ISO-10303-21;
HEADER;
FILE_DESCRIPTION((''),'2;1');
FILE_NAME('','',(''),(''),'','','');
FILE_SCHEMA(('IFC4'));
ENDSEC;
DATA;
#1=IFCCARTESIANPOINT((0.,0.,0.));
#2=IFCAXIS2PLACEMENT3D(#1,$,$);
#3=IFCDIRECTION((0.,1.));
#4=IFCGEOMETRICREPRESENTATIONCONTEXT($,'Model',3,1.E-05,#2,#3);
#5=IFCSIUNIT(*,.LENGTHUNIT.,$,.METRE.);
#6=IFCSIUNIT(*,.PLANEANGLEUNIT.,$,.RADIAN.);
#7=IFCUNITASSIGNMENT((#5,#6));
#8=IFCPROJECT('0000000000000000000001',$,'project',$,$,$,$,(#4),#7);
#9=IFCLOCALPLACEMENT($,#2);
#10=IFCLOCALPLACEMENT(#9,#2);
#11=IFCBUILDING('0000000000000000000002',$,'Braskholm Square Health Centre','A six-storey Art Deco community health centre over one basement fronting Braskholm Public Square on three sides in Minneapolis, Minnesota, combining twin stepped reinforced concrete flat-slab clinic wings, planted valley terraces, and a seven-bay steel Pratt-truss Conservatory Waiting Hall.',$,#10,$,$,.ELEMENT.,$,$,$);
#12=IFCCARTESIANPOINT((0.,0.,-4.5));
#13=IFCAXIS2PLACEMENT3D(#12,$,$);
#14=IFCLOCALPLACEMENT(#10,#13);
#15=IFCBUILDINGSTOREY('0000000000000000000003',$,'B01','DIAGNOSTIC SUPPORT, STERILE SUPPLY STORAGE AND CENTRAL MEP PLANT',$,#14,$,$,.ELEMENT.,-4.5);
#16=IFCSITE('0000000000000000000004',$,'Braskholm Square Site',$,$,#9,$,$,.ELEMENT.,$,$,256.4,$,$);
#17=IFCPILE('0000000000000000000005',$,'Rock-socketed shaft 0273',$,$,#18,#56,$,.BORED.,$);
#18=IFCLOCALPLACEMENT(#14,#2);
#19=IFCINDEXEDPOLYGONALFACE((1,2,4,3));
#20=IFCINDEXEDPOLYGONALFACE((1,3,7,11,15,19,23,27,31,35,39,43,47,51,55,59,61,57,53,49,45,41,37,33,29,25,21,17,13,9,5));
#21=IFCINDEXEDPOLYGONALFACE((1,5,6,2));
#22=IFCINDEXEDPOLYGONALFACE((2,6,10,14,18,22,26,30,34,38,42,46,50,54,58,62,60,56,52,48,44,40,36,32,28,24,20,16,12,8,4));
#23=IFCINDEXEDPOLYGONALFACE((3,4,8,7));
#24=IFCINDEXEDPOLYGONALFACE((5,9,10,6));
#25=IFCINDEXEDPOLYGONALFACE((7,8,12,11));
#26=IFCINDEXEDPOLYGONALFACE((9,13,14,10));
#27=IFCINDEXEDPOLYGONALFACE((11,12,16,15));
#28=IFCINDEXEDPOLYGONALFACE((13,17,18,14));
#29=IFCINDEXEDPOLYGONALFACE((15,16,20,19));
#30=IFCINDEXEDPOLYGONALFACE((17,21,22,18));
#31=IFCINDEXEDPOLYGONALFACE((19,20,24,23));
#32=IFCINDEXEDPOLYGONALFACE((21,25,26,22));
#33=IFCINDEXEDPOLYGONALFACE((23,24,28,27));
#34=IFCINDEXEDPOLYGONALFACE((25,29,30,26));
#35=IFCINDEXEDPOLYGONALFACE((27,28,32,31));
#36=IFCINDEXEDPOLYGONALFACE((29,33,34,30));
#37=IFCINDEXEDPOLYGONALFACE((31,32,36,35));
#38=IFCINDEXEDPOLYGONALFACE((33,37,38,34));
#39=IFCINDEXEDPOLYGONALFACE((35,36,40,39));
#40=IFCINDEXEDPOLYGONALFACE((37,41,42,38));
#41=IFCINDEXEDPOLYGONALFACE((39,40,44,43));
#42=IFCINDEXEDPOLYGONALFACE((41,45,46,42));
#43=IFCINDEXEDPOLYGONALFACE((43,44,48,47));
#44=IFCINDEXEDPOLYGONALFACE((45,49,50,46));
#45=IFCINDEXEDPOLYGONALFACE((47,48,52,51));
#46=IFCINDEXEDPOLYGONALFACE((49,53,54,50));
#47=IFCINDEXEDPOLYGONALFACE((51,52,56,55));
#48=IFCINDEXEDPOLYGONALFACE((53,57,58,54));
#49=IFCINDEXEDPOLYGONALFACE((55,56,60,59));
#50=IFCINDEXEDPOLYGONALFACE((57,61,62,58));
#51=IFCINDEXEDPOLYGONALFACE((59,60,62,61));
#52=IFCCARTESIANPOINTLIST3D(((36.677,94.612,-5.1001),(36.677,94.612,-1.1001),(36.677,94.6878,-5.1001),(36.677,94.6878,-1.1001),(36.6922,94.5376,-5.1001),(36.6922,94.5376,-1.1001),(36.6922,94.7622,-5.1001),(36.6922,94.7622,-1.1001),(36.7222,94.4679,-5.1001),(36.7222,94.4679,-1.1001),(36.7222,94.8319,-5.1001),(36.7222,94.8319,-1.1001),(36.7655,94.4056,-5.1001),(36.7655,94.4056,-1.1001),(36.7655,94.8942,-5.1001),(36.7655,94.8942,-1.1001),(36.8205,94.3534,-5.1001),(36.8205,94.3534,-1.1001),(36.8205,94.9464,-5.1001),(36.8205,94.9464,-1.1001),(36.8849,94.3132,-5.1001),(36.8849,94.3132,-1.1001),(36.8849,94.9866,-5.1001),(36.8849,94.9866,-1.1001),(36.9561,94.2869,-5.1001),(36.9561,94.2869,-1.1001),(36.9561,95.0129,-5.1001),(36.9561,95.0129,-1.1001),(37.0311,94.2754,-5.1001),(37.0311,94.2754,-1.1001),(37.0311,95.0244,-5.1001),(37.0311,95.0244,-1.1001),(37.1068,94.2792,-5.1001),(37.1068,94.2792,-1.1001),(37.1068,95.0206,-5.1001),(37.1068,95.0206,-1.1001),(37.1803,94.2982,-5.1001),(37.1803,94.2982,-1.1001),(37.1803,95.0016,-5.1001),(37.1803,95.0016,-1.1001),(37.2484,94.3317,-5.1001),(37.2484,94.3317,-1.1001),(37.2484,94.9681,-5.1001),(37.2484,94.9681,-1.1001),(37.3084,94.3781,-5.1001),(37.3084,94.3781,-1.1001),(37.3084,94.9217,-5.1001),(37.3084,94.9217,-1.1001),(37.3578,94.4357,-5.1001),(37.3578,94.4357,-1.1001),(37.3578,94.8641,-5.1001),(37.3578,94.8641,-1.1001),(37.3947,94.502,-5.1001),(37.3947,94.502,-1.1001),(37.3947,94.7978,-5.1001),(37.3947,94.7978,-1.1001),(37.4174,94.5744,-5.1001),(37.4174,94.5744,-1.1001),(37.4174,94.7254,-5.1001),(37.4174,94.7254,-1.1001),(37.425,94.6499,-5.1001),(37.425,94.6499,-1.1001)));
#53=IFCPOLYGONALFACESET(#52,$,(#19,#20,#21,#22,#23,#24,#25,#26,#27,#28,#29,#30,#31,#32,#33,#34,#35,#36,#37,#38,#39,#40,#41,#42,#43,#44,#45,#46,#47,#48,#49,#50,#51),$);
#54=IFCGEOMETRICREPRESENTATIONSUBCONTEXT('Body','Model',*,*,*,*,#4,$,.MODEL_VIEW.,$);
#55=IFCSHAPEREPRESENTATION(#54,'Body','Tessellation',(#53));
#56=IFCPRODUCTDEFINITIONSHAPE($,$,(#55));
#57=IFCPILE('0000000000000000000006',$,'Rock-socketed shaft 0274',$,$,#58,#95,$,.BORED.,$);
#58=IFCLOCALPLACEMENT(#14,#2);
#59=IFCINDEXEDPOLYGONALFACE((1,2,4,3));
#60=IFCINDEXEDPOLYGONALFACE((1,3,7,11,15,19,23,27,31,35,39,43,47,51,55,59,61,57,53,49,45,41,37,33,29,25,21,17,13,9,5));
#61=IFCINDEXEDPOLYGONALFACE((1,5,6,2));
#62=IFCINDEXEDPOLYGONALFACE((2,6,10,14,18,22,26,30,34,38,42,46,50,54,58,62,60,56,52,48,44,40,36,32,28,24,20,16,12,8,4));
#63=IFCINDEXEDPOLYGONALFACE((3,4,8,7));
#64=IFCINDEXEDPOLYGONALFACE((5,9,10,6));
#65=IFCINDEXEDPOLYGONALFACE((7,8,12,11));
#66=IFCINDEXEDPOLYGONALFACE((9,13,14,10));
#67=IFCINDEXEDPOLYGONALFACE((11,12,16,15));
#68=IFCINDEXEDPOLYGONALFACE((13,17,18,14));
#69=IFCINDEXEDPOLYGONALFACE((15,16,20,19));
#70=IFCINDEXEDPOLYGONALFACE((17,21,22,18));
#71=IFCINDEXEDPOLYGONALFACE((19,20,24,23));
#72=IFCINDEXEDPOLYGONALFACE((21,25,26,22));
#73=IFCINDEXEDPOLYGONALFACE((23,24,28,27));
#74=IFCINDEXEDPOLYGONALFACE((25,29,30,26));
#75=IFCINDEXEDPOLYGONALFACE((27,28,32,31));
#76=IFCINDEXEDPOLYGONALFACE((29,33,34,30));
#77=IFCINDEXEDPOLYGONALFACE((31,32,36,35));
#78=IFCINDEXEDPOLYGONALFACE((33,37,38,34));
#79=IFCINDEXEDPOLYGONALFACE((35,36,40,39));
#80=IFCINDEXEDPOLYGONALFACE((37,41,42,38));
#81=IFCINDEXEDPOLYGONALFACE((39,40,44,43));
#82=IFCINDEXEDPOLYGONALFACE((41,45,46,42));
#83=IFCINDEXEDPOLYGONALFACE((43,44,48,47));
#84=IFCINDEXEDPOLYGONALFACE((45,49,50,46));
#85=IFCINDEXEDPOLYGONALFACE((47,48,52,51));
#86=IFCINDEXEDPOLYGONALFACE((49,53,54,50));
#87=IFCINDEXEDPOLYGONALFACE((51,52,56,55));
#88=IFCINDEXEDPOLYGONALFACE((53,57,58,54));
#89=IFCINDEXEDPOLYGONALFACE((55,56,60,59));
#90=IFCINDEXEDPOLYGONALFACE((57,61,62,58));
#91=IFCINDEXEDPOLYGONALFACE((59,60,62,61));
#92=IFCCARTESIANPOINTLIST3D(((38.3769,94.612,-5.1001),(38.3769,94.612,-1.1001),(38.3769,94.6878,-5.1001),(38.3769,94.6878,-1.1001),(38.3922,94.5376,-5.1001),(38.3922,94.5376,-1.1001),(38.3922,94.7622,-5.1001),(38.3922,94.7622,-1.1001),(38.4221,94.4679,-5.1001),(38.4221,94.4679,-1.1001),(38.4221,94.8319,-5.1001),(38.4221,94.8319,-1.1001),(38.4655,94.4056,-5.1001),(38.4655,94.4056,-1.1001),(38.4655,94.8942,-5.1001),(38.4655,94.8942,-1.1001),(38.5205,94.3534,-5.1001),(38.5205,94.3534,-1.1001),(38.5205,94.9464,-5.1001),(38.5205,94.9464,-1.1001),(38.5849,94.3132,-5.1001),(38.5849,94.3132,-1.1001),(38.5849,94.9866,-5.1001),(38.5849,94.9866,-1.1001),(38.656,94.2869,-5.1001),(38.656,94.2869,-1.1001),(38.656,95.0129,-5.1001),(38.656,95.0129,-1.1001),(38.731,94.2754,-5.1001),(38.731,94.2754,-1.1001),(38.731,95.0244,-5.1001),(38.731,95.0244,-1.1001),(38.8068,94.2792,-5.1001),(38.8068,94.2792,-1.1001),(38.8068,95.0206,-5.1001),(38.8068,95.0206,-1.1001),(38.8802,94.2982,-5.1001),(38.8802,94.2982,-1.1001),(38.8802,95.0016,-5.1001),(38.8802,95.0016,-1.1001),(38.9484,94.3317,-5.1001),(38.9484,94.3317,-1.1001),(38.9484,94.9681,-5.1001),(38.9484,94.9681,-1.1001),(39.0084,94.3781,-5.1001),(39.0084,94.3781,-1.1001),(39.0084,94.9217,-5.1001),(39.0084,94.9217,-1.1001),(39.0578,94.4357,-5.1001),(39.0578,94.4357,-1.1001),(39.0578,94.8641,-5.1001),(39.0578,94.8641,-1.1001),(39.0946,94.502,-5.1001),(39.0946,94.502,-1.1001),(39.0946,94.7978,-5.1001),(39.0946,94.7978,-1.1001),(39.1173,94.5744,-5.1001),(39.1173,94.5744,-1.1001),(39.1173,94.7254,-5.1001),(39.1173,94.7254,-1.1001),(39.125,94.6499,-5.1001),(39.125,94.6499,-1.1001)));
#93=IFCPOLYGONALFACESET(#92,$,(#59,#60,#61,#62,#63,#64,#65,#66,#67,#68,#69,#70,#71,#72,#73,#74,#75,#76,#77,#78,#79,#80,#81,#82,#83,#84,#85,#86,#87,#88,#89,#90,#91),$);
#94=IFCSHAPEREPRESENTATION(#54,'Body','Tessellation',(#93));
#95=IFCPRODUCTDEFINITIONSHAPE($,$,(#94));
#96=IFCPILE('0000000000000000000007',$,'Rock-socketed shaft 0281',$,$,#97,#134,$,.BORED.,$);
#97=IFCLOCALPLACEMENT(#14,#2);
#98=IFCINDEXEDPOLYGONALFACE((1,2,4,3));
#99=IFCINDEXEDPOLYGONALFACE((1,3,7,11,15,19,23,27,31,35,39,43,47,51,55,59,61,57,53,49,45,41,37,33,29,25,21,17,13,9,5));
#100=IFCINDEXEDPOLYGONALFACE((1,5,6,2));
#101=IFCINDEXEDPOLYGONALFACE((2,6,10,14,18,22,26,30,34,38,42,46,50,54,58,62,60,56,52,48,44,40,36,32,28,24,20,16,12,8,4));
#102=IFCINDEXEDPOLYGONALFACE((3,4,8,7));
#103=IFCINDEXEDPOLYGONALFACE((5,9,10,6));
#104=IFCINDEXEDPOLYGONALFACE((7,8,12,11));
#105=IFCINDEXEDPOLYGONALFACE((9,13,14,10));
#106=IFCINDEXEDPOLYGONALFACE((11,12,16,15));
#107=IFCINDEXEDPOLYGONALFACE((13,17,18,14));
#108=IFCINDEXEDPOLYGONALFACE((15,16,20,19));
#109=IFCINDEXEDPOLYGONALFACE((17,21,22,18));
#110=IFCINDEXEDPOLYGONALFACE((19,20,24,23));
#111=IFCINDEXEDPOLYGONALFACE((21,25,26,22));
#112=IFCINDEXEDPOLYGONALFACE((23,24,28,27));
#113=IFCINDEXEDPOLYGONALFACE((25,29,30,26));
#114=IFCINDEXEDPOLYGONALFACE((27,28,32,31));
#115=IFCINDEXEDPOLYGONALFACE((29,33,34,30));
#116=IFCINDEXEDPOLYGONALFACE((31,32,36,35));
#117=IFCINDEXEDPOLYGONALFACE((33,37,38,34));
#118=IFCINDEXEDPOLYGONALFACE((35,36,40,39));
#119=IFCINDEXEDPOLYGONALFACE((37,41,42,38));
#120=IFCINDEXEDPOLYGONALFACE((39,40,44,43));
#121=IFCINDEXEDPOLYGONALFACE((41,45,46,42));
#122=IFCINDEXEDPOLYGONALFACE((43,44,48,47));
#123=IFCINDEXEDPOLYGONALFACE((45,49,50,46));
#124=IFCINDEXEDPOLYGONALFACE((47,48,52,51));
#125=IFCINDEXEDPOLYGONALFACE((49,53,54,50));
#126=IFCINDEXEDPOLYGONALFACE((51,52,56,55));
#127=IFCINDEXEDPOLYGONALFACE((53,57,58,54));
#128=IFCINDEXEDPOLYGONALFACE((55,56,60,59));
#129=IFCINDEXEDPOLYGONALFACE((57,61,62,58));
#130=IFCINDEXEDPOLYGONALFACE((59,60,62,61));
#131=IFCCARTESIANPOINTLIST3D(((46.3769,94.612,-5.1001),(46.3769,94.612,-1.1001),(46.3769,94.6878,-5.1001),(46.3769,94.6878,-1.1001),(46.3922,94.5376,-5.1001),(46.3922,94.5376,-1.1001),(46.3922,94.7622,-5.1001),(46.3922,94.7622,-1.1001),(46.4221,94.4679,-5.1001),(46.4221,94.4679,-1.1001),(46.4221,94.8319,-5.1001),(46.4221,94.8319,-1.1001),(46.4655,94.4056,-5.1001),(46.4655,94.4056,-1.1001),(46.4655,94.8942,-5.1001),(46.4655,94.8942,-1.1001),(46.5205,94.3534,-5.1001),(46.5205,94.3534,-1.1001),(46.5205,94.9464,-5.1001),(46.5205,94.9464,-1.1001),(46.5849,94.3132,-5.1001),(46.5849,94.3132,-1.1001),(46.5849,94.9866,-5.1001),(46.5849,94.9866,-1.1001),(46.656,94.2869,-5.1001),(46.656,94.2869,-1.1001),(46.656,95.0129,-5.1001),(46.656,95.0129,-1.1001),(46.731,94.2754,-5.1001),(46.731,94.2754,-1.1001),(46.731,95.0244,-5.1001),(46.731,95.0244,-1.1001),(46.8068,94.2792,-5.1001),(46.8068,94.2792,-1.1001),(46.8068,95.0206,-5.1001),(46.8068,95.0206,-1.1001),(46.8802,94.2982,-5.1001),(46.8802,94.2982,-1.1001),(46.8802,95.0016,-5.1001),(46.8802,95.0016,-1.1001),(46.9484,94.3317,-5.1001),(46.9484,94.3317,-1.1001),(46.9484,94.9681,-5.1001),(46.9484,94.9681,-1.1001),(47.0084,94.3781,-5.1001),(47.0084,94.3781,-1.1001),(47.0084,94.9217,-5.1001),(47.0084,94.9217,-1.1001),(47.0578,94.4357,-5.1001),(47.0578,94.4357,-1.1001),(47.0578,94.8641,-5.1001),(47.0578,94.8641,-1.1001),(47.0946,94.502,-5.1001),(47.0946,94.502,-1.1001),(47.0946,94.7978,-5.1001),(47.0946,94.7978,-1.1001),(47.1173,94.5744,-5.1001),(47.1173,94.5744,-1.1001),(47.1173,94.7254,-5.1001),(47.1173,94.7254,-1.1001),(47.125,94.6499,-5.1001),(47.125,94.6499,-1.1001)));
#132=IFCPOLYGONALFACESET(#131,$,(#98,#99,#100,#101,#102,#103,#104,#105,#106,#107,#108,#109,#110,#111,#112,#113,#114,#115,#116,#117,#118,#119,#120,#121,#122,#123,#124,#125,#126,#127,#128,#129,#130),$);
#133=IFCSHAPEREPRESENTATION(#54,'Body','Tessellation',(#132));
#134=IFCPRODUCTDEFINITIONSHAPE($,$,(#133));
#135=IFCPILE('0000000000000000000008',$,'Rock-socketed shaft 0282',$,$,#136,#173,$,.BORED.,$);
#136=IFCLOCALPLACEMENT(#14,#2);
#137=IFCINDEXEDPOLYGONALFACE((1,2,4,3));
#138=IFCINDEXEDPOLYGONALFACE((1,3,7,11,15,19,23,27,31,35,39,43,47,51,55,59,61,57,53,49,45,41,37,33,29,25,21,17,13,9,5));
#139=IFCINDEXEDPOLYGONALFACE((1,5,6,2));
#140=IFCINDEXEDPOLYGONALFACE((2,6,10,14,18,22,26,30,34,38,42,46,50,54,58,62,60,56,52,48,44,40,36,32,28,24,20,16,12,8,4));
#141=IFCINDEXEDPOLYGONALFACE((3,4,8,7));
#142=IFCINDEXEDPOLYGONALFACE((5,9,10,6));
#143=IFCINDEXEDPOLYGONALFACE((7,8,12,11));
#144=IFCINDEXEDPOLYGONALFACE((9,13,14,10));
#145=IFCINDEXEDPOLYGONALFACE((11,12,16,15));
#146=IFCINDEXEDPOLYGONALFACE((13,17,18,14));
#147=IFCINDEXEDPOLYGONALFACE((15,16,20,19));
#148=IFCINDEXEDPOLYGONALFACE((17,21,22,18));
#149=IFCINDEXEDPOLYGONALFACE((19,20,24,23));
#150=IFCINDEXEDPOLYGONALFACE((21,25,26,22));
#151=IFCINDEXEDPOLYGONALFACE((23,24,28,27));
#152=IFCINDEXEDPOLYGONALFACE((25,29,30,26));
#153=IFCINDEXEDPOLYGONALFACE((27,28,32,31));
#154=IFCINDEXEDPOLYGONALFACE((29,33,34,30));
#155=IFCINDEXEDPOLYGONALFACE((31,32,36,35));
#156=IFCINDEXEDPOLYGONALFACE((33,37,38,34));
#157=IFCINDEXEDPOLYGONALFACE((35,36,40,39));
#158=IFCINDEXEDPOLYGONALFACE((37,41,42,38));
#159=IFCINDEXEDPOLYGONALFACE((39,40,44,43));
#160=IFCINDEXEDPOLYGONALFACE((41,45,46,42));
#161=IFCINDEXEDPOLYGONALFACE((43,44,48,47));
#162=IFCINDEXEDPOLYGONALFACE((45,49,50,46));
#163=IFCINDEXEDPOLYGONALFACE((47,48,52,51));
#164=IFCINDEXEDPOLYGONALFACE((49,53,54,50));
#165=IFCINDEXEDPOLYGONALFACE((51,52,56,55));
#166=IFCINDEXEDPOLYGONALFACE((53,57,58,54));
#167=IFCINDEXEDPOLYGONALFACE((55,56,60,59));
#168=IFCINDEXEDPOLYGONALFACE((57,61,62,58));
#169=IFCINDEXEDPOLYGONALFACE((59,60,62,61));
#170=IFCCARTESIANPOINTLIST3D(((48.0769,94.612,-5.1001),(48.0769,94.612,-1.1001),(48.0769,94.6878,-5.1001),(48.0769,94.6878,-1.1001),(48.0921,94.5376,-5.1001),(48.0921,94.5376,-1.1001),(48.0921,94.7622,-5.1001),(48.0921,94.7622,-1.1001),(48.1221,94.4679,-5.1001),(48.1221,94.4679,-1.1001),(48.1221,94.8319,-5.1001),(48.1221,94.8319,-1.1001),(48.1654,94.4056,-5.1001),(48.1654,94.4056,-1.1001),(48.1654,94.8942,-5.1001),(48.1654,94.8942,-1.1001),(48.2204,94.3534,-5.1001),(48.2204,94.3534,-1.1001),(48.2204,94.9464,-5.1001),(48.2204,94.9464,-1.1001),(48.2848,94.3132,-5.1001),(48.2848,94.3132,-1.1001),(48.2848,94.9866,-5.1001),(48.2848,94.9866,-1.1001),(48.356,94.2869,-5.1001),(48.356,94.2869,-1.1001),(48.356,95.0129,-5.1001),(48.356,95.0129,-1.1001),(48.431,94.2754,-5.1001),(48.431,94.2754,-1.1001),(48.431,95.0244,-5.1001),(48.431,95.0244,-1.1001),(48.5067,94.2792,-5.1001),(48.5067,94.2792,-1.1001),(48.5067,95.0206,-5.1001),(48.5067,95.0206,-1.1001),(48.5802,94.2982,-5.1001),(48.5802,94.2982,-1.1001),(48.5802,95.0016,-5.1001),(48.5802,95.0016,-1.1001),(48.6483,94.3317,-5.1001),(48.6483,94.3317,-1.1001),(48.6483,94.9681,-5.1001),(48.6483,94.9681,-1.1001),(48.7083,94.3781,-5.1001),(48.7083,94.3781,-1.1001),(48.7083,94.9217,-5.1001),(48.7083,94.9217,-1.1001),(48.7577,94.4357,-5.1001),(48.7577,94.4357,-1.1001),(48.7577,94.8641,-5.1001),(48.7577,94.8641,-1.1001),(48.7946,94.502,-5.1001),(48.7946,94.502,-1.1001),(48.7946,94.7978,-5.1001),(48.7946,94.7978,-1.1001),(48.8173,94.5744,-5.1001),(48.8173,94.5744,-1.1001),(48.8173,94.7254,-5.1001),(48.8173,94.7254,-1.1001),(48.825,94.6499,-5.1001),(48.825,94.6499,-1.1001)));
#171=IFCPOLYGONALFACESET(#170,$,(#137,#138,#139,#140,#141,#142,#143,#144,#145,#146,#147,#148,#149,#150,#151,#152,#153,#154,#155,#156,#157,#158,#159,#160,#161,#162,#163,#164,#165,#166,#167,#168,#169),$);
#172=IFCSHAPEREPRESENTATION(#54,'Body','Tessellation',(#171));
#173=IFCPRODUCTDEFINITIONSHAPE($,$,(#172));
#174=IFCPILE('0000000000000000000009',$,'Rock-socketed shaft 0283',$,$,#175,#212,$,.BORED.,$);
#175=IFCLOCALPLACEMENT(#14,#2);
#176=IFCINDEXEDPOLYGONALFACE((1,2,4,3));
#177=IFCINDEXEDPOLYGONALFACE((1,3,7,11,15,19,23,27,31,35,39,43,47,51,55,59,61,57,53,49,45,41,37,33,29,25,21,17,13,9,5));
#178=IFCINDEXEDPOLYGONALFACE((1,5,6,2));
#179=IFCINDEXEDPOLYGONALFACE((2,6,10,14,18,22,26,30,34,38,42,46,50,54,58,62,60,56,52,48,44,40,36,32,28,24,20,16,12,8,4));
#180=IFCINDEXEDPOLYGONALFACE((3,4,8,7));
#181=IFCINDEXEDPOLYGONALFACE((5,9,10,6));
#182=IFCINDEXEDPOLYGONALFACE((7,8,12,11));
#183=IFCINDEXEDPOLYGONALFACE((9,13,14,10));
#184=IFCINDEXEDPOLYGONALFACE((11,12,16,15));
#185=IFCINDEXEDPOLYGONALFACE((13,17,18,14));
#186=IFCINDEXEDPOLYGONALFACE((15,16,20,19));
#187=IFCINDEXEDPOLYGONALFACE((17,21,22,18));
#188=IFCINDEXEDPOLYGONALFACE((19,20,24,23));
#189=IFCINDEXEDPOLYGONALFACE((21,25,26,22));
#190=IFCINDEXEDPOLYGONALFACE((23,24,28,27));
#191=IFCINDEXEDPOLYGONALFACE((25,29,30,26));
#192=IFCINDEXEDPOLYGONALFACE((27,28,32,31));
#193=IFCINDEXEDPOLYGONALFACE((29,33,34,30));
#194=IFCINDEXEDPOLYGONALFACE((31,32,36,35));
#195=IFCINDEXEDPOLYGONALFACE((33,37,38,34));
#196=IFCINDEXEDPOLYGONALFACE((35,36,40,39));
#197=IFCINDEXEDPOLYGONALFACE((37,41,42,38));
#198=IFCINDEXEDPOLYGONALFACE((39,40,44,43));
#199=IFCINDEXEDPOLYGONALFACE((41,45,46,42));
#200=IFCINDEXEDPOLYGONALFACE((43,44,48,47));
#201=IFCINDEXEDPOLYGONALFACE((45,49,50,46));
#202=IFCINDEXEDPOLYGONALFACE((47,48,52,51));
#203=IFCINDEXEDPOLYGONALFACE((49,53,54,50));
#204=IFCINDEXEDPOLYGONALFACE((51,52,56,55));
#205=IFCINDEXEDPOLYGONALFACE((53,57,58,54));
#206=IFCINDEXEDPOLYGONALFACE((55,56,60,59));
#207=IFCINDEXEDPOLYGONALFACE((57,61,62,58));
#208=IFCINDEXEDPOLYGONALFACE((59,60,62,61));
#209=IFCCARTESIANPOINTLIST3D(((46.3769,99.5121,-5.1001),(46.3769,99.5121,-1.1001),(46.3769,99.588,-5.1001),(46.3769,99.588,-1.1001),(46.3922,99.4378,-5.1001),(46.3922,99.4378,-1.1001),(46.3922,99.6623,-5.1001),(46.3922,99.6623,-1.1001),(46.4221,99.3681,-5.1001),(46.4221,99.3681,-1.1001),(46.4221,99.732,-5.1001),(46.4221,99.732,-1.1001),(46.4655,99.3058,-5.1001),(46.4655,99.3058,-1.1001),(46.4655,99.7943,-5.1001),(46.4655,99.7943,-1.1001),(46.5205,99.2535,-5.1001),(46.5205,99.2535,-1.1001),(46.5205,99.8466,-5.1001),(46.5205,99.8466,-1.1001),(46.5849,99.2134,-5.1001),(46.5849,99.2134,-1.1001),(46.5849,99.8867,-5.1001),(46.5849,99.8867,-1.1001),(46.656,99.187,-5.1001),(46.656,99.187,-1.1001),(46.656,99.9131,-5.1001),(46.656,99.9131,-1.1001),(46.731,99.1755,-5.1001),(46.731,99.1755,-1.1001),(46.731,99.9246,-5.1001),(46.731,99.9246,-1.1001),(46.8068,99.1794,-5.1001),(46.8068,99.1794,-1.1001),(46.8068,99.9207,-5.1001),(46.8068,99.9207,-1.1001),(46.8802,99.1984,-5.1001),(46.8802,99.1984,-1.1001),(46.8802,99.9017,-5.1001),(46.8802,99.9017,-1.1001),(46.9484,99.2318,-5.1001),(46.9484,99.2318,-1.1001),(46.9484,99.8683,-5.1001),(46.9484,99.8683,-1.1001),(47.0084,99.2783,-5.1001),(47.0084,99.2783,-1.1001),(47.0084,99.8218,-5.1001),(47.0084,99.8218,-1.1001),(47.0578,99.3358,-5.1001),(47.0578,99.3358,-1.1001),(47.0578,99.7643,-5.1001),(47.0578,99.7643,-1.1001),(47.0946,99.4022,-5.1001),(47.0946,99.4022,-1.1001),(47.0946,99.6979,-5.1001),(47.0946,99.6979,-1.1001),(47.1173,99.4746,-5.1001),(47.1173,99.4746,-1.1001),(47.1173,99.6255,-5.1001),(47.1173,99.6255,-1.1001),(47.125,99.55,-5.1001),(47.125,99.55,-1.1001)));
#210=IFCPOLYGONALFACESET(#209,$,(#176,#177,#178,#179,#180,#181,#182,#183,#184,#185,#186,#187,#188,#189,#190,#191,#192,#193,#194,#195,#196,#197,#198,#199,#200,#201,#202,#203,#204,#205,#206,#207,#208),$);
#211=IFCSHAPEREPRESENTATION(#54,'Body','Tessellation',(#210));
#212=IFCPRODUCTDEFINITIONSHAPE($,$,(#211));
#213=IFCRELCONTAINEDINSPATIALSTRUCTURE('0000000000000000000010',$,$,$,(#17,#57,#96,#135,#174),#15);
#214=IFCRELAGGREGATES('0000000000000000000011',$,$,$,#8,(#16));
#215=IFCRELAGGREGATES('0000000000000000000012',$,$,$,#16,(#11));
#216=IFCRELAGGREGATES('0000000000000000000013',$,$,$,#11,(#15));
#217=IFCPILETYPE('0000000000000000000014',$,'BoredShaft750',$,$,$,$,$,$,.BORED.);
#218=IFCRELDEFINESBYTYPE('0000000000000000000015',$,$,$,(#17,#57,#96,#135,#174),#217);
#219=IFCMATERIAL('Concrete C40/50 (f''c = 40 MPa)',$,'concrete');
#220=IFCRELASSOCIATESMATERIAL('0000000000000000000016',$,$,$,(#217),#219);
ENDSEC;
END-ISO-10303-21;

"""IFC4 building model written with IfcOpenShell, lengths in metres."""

from ifc_helpers import new_model, si_unit, direction, frame, origin, origin_2d, place, context, subcontext, project, spatial, circle, extrude, material, material_profile, profile_set, type_object, element, save


model = new_model("IFC4")

# Units and contexts
model_context = context("Model", 3, precision=1e-05, world=origin(), true_north=direction((0.0, 1.0)))
body_context = subcontext(model_context, "Body", "Model", "MODEL_VIEW")
ifc_project = project(units=[si_unit("LENGTHUNIT", "METRE"), si_unit("PLANEANGLEUNIT", "RADIAN")], contexts=[model_context])

# Site, building, storey
site_placement = place(None, origin())
site = spatial("IfcSite", under=ifc_project, at=site_placement, Name="Braskholm Square Site", CompositionType="ELEMENT", RefElevation=256.4)
building_placement = place(site_placement, origin())
building = spatial("IfcBuilding", under=site, at=building_placement, Name="Braskholm Square Health Centre", Description="A six-storey Art Deco community health centre over one basement fronting Braskholm Public Square on three sides in Minneapolis, Minnesota, combining twin stepped reinforced concrete flat-slab clinic wings, planted valley terraces, and a seven-bay steel Pratt-truss Conservatory Waiting Hall.", CompositionType="ELEMENT")
storey_placement = place(building_placement, frame((0.0, 0.0, -4.5)))
storey = spatial("IfcBuildingStorey", under=building, at=storey_placement, Name="B01", Description="DIAGNOSTIC SUPPORT, STERILE SUPPLY STORAGE AND CENTRAL MEP PLANT", CompositionType="ELEMENT", Elevation=-4.5)

# Piles
ifc_material_1 = material(Name="Concrete C40/50 (f'c = 40 MPa)", Category="concrete")
ifc_material_profile_1 = material_profile(ifc_material_1, circle(Radius=0.375, at=origin_2d()), Name="BORED-PILE-750")
ifc_profile_set_1 = profile_set([ifc_material_profile_1], Name="Concrete C40/50 (f'c = 40 MPa)")
pile_type_1 = type_object("IfcPileType", Name="BoredShaft750", PredefinedType="BORED", material=ifc_profile_set_1)
for number, where, z_axis, x_axis, name in (
    (1, (37.05, 94.6499, -1.1001), (0.0, 0.0, -1.0), (1.0, 0.0, 0.0), "Rock-socketed shaft 0273"),
    (2, (38.75, 94.6499, -1.1001), (0.0, 0.0, -1.0), (1.0, 0.0, 0.0), "Rock-socketed shaft 0274"),
    (3, (46.75, 94.6499, -1.1001), (0.0, 0.0, -1.0), (1.0, 0.0, 0.0), "Rock-socketed shaft 0281"),
    (4, (48.45, 94.6499, -1.1001), (0.0, 0.0, -1.0), (1.0, 0.0, 0.0), "Rock-socketed shaft 0282"),
    (5, (46.75, 99.55, -1.1001), (0.0, 0.0, -1.0), (1.0, 0.0, 0.0), "Rock-socketed shaft 0283"),
):
    element("IfcPile", number, at=place(storey_placement, frame(where, z_axis=z_axis, x_axis=x_axis)), inside=storey, type_object=pile_type_1, Name=name, PredefinedType="BORED", context=body_context, shape_type="SweptSolid", body=[
        extrude(circle(Radius=0.375, at=origin_2d()), origin(), (0.0, 0.0, 1.0), 4.0),
    ])

save(model, "model.ifc")
